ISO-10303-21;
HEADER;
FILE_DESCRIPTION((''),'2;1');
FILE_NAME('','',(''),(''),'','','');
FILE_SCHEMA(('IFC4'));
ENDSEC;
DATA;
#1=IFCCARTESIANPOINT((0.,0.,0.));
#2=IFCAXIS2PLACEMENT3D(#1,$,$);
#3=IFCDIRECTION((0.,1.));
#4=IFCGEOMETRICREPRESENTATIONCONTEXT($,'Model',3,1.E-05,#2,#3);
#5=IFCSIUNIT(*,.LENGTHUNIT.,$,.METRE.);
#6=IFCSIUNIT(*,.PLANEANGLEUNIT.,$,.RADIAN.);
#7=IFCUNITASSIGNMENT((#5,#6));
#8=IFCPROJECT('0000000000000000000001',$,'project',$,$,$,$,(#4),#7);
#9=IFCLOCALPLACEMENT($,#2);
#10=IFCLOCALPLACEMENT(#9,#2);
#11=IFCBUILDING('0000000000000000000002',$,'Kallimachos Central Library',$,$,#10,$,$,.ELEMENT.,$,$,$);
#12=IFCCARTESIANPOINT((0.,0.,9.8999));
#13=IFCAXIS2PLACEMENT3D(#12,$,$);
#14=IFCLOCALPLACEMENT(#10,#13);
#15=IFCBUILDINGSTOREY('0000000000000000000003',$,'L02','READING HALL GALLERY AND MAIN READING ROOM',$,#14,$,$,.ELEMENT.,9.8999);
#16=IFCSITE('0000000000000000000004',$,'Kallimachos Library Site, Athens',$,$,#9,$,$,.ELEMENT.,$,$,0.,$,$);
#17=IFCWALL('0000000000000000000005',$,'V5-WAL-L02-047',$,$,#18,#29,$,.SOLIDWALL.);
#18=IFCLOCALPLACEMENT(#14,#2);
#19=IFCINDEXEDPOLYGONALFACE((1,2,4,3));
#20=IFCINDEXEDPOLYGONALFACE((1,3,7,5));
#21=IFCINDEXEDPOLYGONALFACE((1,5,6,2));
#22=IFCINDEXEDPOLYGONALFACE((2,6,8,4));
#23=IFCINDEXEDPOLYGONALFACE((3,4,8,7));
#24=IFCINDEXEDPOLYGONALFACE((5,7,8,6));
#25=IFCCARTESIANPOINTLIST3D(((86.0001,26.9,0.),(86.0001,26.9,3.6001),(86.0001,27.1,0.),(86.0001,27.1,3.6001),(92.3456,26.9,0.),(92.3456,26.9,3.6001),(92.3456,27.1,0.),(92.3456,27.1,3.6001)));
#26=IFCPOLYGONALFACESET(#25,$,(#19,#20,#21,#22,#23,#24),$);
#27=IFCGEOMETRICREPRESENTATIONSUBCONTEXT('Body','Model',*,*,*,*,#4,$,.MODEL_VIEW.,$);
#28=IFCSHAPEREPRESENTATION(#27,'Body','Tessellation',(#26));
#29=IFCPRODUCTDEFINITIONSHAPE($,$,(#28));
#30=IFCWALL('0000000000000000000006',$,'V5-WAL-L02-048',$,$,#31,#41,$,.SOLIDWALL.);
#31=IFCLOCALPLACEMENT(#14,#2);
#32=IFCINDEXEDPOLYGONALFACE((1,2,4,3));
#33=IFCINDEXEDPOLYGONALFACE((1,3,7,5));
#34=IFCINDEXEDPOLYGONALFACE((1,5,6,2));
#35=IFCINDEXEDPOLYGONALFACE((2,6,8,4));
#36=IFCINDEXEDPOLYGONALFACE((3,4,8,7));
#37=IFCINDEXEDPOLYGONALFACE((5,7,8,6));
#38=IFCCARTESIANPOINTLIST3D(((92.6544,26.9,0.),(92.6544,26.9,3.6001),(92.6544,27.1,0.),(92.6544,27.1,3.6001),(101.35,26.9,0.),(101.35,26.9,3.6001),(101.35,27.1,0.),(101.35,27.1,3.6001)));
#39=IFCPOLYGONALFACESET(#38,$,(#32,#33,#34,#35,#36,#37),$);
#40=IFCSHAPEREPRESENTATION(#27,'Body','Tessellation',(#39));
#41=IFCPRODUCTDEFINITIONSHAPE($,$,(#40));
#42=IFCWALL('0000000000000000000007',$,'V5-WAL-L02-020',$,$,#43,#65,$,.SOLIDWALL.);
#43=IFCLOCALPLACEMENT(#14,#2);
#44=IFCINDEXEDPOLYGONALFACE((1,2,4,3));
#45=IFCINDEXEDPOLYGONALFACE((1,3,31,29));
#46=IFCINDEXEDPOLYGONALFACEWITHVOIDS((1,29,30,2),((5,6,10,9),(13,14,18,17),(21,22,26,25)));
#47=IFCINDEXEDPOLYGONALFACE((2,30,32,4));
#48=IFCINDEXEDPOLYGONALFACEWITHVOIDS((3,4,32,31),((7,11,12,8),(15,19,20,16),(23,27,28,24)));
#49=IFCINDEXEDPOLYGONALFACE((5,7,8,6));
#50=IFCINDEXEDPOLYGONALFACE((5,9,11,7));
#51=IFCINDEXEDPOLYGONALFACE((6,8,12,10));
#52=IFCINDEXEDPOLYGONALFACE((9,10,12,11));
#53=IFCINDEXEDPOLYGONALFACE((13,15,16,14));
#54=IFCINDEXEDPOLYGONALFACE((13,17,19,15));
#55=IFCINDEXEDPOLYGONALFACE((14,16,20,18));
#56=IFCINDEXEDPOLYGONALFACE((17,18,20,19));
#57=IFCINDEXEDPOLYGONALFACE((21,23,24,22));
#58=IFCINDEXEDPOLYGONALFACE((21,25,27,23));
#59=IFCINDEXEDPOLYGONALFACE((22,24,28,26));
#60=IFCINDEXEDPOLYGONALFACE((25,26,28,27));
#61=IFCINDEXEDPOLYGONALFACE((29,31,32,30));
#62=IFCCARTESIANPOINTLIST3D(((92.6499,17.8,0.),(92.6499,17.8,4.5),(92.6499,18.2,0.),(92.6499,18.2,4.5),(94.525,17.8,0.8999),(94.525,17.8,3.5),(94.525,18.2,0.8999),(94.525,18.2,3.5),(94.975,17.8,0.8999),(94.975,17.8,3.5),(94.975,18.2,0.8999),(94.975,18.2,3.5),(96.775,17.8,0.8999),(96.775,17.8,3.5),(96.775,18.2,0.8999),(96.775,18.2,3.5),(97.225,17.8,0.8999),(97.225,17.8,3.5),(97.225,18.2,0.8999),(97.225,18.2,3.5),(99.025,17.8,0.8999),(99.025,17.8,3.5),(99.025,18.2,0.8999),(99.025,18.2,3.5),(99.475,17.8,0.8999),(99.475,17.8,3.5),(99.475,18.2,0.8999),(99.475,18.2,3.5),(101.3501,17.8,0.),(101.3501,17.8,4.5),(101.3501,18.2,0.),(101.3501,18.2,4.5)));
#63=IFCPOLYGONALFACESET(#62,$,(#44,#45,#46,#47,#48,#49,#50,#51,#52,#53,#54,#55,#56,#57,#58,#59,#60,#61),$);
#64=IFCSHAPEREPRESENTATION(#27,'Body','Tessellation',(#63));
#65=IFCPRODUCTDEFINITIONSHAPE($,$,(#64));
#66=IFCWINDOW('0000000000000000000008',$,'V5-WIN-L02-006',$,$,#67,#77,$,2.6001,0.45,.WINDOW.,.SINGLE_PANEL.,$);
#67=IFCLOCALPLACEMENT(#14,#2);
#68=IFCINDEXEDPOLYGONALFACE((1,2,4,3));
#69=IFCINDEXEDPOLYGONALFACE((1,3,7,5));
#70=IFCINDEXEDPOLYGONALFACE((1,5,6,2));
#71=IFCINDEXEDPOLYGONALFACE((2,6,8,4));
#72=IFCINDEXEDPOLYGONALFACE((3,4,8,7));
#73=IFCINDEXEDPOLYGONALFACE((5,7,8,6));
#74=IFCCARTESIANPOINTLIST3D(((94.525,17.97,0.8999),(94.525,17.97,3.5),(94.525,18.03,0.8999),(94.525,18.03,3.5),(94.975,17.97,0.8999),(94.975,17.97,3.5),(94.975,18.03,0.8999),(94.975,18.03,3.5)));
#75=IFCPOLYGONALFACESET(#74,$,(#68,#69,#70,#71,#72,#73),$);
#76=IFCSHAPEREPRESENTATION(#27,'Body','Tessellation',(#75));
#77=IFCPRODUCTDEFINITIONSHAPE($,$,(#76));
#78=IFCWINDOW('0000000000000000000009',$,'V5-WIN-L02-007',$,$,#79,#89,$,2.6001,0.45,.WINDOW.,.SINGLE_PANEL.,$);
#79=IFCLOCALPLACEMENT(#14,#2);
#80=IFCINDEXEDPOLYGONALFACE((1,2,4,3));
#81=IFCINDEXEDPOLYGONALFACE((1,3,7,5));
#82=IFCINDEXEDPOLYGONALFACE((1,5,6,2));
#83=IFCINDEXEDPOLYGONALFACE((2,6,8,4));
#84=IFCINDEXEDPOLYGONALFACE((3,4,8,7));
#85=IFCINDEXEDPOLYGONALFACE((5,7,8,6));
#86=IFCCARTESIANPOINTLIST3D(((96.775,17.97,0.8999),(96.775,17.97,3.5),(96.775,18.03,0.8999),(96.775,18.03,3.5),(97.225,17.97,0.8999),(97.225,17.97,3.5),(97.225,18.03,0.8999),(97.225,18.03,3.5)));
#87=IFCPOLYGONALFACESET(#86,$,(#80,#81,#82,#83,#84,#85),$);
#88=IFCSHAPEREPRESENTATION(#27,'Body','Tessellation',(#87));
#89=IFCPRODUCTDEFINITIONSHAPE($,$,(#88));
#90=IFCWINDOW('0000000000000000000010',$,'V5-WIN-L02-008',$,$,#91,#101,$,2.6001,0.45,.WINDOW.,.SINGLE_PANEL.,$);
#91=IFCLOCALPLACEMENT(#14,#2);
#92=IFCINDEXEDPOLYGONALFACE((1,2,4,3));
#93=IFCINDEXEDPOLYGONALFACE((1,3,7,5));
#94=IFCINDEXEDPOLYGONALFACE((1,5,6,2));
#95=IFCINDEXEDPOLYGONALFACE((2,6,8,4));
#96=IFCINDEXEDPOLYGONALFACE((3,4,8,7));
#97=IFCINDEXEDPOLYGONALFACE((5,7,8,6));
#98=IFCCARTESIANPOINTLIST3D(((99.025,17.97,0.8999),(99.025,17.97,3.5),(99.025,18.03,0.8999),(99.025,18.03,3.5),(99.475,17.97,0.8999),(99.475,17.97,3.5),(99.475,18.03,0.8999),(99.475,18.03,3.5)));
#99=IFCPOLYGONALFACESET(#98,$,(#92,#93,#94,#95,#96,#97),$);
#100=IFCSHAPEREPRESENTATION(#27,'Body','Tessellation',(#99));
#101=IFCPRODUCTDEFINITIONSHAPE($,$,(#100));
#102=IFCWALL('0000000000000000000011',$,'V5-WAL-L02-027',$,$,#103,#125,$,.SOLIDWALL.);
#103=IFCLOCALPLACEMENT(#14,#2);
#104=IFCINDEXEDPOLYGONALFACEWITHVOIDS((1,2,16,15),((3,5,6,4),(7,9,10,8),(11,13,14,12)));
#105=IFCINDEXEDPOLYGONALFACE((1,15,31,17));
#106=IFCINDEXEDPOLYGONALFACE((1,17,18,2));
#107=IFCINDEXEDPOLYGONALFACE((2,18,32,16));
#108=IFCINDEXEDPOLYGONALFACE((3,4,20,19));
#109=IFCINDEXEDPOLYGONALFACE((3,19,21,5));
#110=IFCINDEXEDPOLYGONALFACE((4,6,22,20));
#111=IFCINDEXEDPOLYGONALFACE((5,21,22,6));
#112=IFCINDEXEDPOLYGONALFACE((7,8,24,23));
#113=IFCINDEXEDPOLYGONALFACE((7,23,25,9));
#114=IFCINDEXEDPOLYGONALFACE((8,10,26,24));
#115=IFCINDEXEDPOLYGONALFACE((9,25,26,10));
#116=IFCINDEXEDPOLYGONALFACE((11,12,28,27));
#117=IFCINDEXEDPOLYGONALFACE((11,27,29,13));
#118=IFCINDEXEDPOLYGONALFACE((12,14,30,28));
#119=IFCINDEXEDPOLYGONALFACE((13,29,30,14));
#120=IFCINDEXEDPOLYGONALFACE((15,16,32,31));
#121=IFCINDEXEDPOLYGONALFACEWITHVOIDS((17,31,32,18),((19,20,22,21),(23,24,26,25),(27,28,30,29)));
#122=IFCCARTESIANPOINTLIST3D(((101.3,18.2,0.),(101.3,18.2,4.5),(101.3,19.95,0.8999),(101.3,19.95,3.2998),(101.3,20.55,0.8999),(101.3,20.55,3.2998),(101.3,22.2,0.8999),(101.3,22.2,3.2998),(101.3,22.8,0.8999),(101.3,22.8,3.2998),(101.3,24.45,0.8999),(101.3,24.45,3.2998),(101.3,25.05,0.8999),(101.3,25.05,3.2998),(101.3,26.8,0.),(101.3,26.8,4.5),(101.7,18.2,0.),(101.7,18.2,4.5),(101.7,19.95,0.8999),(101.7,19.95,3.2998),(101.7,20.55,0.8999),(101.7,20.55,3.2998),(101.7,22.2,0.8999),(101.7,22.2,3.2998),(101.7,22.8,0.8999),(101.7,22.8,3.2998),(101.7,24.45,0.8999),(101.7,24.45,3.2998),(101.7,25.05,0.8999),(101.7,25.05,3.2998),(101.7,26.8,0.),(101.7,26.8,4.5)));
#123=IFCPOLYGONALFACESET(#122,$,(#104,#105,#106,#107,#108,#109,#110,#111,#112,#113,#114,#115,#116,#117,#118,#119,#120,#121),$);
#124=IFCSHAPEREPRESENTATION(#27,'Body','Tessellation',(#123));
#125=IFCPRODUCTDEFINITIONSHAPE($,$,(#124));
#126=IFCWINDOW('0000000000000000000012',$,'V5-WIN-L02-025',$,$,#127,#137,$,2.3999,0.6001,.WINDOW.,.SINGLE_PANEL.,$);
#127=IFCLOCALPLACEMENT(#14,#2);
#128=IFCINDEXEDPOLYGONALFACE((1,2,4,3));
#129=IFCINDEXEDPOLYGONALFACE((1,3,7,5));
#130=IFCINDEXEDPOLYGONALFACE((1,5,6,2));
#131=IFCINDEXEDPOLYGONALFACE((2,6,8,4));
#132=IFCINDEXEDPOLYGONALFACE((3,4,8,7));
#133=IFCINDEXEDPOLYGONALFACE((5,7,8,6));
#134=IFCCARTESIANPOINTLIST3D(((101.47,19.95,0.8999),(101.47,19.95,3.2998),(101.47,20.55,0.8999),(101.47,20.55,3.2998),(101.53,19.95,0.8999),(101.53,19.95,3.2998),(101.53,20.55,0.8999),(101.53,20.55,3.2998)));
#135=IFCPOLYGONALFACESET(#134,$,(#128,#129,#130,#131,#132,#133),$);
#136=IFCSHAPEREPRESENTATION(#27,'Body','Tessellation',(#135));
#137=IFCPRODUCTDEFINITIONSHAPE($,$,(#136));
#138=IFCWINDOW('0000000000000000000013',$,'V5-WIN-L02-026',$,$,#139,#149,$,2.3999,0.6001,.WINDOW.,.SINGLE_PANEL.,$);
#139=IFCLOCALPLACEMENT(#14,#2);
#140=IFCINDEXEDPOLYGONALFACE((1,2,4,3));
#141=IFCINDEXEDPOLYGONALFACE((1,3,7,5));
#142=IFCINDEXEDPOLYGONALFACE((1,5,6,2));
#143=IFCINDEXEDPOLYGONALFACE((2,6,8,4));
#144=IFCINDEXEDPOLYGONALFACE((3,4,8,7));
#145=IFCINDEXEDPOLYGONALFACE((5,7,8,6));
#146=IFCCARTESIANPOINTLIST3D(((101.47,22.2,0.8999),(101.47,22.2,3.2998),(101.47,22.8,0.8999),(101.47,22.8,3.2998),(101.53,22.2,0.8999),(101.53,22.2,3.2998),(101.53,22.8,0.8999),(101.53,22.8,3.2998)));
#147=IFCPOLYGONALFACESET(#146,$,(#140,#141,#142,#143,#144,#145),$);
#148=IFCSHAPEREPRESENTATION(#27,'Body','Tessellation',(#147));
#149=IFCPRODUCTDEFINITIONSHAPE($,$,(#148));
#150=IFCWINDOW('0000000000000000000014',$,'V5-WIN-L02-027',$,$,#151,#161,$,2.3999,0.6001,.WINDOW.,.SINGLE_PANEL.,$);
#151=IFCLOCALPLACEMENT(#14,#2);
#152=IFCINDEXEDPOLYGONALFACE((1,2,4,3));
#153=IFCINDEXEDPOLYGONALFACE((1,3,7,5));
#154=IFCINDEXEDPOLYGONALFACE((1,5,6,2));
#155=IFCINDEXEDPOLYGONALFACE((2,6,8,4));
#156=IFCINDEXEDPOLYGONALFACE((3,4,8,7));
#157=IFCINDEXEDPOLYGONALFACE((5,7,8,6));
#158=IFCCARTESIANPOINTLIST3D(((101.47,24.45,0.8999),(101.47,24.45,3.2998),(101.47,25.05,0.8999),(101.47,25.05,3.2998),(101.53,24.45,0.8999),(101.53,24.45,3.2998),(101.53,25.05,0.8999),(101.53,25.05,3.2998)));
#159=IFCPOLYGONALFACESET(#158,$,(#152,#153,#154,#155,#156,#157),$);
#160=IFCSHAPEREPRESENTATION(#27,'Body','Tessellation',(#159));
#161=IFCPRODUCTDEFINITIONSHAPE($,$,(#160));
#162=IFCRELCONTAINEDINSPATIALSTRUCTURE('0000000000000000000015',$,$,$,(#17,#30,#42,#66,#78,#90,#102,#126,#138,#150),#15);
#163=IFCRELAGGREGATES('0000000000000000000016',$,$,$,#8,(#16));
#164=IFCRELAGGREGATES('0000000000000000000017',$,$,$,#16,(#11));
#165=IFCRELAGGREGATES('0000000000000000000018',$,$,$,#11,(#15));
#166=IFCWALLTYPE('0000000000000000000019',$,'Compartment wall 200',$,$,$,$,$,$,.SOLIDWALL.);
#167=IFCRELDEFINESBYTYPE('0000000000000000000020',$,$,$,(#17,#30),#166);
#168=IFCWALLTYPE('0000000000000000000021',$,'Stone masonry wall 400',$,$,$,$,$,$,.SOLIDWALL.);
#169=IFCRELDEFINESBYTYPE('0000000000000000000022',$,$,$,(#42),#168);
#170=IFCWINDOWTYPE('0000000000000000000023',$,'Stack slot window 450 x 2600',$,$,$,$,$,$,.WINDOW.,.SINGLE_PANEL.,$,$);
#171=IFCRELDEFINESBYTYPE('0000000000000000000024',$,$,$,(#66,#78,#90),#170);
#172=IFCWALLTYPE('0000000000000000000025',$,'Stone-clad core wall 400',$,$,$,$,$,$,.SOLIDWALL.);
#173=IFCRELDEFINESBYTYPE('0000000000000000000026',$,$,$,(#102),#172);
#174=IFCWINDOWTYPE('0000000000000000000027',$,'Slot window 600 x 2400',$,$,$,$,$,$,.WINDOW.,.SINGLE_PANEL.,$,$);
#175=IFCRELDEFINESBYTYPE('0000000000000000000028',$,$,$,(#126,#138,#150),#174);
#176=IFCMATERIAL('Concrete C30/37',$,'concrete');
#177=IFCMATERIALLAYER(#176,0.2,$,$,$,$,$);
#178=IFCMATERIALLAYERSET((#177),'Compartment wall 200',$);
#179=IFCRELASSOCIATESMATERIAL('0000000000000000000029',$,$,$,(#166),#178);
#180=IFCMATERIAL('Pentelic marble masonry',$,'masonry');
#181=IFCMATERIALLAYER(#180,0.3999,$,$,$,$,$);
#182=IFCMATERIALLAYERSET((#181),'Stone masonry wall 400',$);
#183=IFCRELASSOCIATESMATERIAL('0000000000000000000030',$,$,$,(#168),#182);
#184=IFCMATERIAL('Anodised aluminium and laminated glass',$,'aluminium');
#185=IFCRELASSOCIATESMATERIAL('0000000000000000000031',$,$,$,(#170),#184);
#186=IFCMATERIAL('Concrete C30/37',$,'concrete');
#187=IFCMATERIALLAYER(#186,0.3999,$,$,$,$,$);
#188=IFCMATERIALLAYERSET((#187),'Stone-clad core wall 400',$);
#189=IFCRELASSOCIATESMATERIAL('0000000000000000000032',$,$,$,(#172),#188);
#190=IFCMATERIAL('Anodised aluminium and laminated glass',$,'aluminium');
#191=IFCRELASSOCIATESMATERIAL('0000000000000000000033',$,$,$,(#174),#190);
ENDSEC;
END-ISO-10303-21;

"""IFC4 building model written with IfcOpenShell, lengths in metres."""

from ifc_helpers import new_model, si_unit, direction, frame, frame_2d, origin, place, context, subcontext, project, spatial, rectangle, extrude, material, layer, layer_set, type_object, element, fill, save


model = new_model("IFC4")

# Units and contexts
model_context = context("Model", 3, precision=1e-05, world=origin(), true_north=direction((0.0, 1.0)))
body_context = subcontext(model_context, "Body", "Model", "MODEL_VIEW")
ifc_project = project(units=[si_unit("LENGTHUNIT", "METRE"), si_unit("PLANEANGLEUNIT", "RADIAN")], contexts=[model_context])

# Site, building, storey
site_placement = place(None, origin())
site = spatial("IfcSite", under=ifc_project, at=site_placement, Name="Kallimachos Library Site, Athens", CompositionType="ELEMENT", RefElevation=0.0)
building_placement = place(site_placement, origin())
building = spatial("IfcBuilding", under=site, at=building_placement, Name="Kallimachos Central Library", CompositionType="ELEMENT")
storey_placement = place(building_placement, frame((0.0, 0.0, 9.8999)))
storey = spatial("IfcBuildingStorey", under=building, at=storey_placement, Name="L02", Description="READING HALL GALLERY AND MAIN READING ROOM", CompositionType="ELEMENT", Elevation=9.8999)

# Walls
ifc_material_1 = material(Name="Concrete C30/37", Category="concrete")
ifc_layer_1 = layer(ifc_material_1, 0.2)
ifc_layer_set_1 = layer_set([ifc_layer_1], Name="Compartment wall 200")
wall_type_1 = type_object("IfcWallType", Name="Compartment wall 200", PredefinedType="SOLIDWALL", material=ifc_layer_set_1)
wall_1_placement = place(storey_placement, frame((86.0, 27.0, 0.0), z_axis=(0.0, 0.0, 1.0), x_axis=(1.0, 0.0, 0.0)))
element("IfcWall", 1, at=wall_1_placement, inside=storey, type_object=wall_type_1, Name="V5-WAL-L02-047", PredefinedType="SOLIDWALL", context=body_context, shape_type="SweptSolid", body=[
    extrude(rectangle(XDim=6.3455, YDim=0.2, at=frame_2d((3.1729, 0.0))), origin(), (0.0, 0.0, 1.0), 3.6001),
])
wall_2_placement = place(storey_placement, frame((92.6545, 27.0, 0.0), z_axis=(0.0, 0.0, 1.0), x_axis=(1.0, 0.0, 0.0)))
element("IfcWall", 2, at=wall_2_placement, inside=storey, type_object=wall_type_1, Name="V5-WAL-L02-048", PredefinedType="SOLIDWALL", context=body_context, shape_type="SweptSolid", body=[
    extrude(rectangle(XDim=8.6956, YDim=0.2, at=frame_2d((4.3477, 0.0))), origin(), (0.0, 0.0, 1.0), 3.6001),
])

# Walls, openings, windows
ifc_material_2 = material(Name="Pentelic marble masonry", Category="masonry")
ifc_layer_2 = layer(ifc_material_2, 0.3999)
ifc_layer_set_2 = layer_set([ifc_layer_2], Name="Stone masonry wall 400")
wall_type_2 = type_object("IfcWallType", Name="Stone masonry wall 400", PredefinedType="SOLIDWALL", material=ifc_layer_set_2)
wall_3_placement = place(storey_placement, frame((92.6499, 18.0, 0.0), z_axis=(0.0, 0.0, 1.0), x_axis=(1.0, 0.0, 0.0)))
wall_3 = element("IfcWall", 3, at=wall_3_placement, inside=storey, type_object=wall_type_2, Name="V5-WAL-L02-020", PredefinedType="SOLIDWALL", context=body_context, shape_type="SweptSolid", body=[
    extrude(rectangle(XDim=8.7002, YDim=0.3999, at=frame_2d((4.3501, 0.0))), origin(), (0.0, 0.0, 1.0), 4.5),
])
opening_1_placement = place(wall_3_placement, frame((1.875, 0.0, 0.8999)))
opening_1 = element("IfcOpeningElement", 4, at=opening_1_placement, cuts=wall_3, PredefinedType="OPENING", context=body_context, shape_type="SweptSolid", body=[
    extrude(rectangle(XDim=0.45, YDim=2.6001, at=frame_2d((0.2251, 1.3))), frame((0.0, 0.21, 0.0), z_axis=(0.0, -1.0, 0.0), x_axis=(1.0, 0.0, 0.0)), (0.0, 0.0, 1.0), 0.4199),
])
opening_2_placement = place(wall_3_placement, frame((4.125, 0.0, 0.8999)))
opening_2 = element("IfcOpeningElement", 5, at=opening_2_placement, cuts=wall_3, PredefinedType="OPENING", context=body_context, shape_type="SweptSolid", body=[
    extrude(rectangle(XDim=0.45, YDim=2.6001, at=frame_2d((0.2251, 1.3))), frame((0.0, 0.21, 0.0), z_axis=(0.0, -1.0, 0.0), x_axis=(1.0, 0.0, 0.0)), (0.0, 0.0, 1.0), 0.4199),
])
opening_3_placement = place(wall_3_placement, frame((6.375, 0.0, 0.8999)))
opening_3 = element("IfcOpeningElement", 6, at=opening_3_placement, cuts=wall_3, PredefinedType="OPENING", context=body_context, shape_type="SweptSolid", body=[
    extrude(rectangle(XDim=0.45, YDim=2.6001, at=frame_2d((0.2251, 1.3))), frame((0.0, 0.21, 0.0), z_axis=(0.0, -1.0, 0.0), x_axis=(1.0, 0.0, 0.0)), (0.0, 0.0, 1.0), 0.4199),
])
ifc_material_3 = material(Name="Anodised aluminium and laminated glass", Category="aluminium")
window_type_1 = type_object("IfcWindowType", Name="Stack slot window 450 x 2600", PartitioningType="SINGLE_PANEL", PredefinedType="WINDOW", material=ifc_material_3)
window_1_placement = place(opening_1_placement, origin())
window_1 = element("IfcWindow", 7, at=window_1_placement, inside=storey, type_object=window_type_1, Name="V5-WIN-L02-006", OverallHeight=2.6001, OverallWidth=0.45, PartitioningType="SINGLE_PANEL", PredefinedType="WINDOW", context=body_context, shape_type="SweptSolid", body=[
    extrude(rectangle(XDim=0.45, YDim=2.6001, at=frame_2d((0.2251, 1.3))), frame((0.0, 0.03, 0.0), z_axis=(0.0, -1.0, 0.0), x_axis=(1.0, 0.0, 0.0)), (0.0, 0.0, 1.0), 0.0601),
])
fill(opening_1, window_1)
window_2_placement = place(opening_2_placement, origin())
window_2 = element("IfcWindow", 8, at=window_2_placement, inside=storey, type_object=window_type_1, Name="V5-WIN-L02-007", OverallHeight=2.6001, OverallWidth=0.45, PartitioningType="SINGLE_PANEL", PredefinedType="WINDOW", context=body_context, shape_type="SweptSolid", body=[
    extrude(rectangle(XDim=0.45, YDim=2.6001, at=frame_2d((0.2251, 1.3))), frame((0.0, 0.03, 0.0), z_axis=(0.0, -1.0, 0.0), x_axis=(1.0, 0.0, 0.0)), (0.0, 0.0, 1.0), 0.0601),
])
fill(opening_2, window_2)
window_3_placement = place(opening_3_placement, origin())
window_3 = element("IfcWindow", 9, at=window_3_placement, inside=storey, type_object=window_type_1, Name="V5-WIN-L02-008", OverallHeight=2.6001, OverallWidth=0.45, PartitioningType="SINGLE_PANEL", PredefinedType="WINDOW", context=body_context, shape_type="SweptSolid", body=[
    extrude(rectangle(XDim=0.45, YDim=2.6001, at=frame_2d((0.2251, 1.3))), frame((0.0, 0.03, 0.0), z_axis=(0.0, -1.0, 0.0), x_axis=(1.0, 0.0, 0.0)), (0.0, 0.0, 1.0), 0.0601),
])
fill(opening_3, window_3)
ifc_material_4 = material(Name="Concrete C30/37", Category="concrete")
ifc_layer_3 = layer(ifc_material_4, 0.3999)
ifc_layer_set_3 = layer_set([ifc_layer_3], Name="Stone-clad core wall 400")
wall_type_3 = type_object("IfcWallType", Name="Stone-clad core wall 400", PredefinedType="SOLIDWALL", material=ifc_layer_set_3)
wall_4_placement = place(storey_placement, frame((101.5, 18.2, 0.0), z_axis=(0.0, 0.0, 1.0), x_axis=(0.0, 1.0, 0.0)))
wall_4 = element("IfcWall", 10, at=wall_4_placement, inside=storey, type_object=wall_type_3, Name="V5-WAL-L02-027", PredefinedType="SOLIDWALL", context=body_context, shape_type="SweptSolid", body=[
    extrude(rectangle(XDim=8.6001, YDim=0.3999, at=frame_2d((4.3, 0.0))), origin(), (0.0, 0.0, 1.0), 4.5),
])
opening_4_placement = place(wall_4_placement, frame((1.75, 0.0, 0.8999)))
opening_4 = element("IfcOpeningElement", 11, at=opening_4_placement, cuts=wall_4, PredefinedType="OPENING", context=body_context, shape_type="SweptSolid", body=[
    extrude(rectangle(XDim=0.6001, YDim=2.3999, at=frame_2d((0.3, 1.2))), frame((0.0, 0.21, 0.0), z_axis=(0.0, -1.0, 0.0), x_axis=(1.0, 0.0, 0.0)), (0.0, 0.0, 1.0), 0.4199),
])
opening_5_placement = place(wall_4_placement, frame((4.0, 0.0, 0.8999)))
opening_5 = element("IfcOpeningElement", 12, at=opening_5_placement, cuts=wall_4, PredefinedType="OPENING", context=body_context, shape_type="SweptSolid", body=[
    extrude(rectangle(XDim=0.6001, YDim=2.3999, at=frame_2d((0.3, 1.2))), frame((0.0, 0.21, 0.0), z_axis=(0.0, -1.0, 0.0), x_axis=(1.0, 0.0, 0.0)), (0.0, 0.0, 1.0), 0.4199),
])
opening_6_placement = place(wall_4_placement, frame((6.25, 0.0, 0.8999)))
opening_6 = element("IfcOpeningElement", 13, at=opening_6_placement, cuts=wall_4, PredefinedType="OPENING", context=body_context, shape_type="SweptSolid", body=[
    extrude(rectangle(XDim=0.6001, YDim=2.3999, at=frame_2d((0.3, 1.2))), frame((0.0, 0.21, 0.0), z_axis=(0.0, -1.0, 0.0), x_axis=(1.0, 0.0, 0.0)), (0.0, 0.0, 1.0), 0.4199),
])
ifc_material_5 = material(Name="Anodised aluminium and laminated glass", Category="aluminium")
window_type_2 = type_object("IfcWindowType", Name="Slot window 600 x 2400", PartitioningType="SINGLE_PANEL", PredefinedType="WINDOW", material=ifc_material_5)
window_4_placement = place(opening_4_placement, origin())
window_4 = element("IfcWindow", 14, at=window_4_placement, inside=storey, type_object=window_type_2, Name="V5-WIN-L02-025", OverallHeight=2.3999, OverallWidth=0.6001, PartitioningType="SINGLE_PANEL", PredefinedType="WINDOW", context=body_context, shape_type="SweptSolid", body=[
    extrude(rectangle(XDim=0.6001, YDim=2.3999, at=frame_2d((0.3, 1.2))), frame((0.0, 0.03, 0.0), z_axis=(0.0, -1.0, 0.0), x_axis=(1.0, 0.0, 0.0)), (0.0, 0.0, 1.0), 0.0601),
])
fill(opening_4, window_4)
window_5_placement = place(opening_5_placement, origin())
window_5 = element("IfcWindow", 15, at=window_5_placement, inside=storey, type_object=window_type_2, Name="V5-WIN-L02-026", OverallHeight=2.3999, OverallWidth=0.6001, PartitioningType="SINGLE_PANEL", PredefinedType="WINDOW", context=body_context, shape_type="SweptSolid", body=[
    extrude(rectangle(XDim=0.6001, YDim=2.3999, at=frame_2d((0.3, 1.2))), frame((0.0, 0.03, 0.0), z_axis=(0.0, -1.0, 0.0), x_axis=(1.0, 0.0, 0.0)), (0.0, 0.0, 1.0), 0.0601),
])
fill(opening_5, window_5)
window_6_placement = place(opening_6_placement, origin())
window_6 = element("IfcWindow", 16, at=window_6_placement, inside=storey, type_object=window_type_2, Name="V5-WIN-L02-027", OverallHeight=2.3999, OverallWidth=0.6001, PartitioningType="SINGLE_PANEL", PredefinedType="WINDOW", context=body_context, shape_type="SweptSolid", body=[
    extrude(rectangle(XDim=0.6001, YDim=2.3999, at=frame_2d((0.3, 1.2))), frame((0.0, 0.03, 0.0), z_axis=(0.0, -1.0, 0.0), x_axis=(1.0, 0.0, 0.0)), (0.0, 0.0, 1.0), 0.0601),
])
fill(opening_6, window_6)

save(model, "model.ifc")
